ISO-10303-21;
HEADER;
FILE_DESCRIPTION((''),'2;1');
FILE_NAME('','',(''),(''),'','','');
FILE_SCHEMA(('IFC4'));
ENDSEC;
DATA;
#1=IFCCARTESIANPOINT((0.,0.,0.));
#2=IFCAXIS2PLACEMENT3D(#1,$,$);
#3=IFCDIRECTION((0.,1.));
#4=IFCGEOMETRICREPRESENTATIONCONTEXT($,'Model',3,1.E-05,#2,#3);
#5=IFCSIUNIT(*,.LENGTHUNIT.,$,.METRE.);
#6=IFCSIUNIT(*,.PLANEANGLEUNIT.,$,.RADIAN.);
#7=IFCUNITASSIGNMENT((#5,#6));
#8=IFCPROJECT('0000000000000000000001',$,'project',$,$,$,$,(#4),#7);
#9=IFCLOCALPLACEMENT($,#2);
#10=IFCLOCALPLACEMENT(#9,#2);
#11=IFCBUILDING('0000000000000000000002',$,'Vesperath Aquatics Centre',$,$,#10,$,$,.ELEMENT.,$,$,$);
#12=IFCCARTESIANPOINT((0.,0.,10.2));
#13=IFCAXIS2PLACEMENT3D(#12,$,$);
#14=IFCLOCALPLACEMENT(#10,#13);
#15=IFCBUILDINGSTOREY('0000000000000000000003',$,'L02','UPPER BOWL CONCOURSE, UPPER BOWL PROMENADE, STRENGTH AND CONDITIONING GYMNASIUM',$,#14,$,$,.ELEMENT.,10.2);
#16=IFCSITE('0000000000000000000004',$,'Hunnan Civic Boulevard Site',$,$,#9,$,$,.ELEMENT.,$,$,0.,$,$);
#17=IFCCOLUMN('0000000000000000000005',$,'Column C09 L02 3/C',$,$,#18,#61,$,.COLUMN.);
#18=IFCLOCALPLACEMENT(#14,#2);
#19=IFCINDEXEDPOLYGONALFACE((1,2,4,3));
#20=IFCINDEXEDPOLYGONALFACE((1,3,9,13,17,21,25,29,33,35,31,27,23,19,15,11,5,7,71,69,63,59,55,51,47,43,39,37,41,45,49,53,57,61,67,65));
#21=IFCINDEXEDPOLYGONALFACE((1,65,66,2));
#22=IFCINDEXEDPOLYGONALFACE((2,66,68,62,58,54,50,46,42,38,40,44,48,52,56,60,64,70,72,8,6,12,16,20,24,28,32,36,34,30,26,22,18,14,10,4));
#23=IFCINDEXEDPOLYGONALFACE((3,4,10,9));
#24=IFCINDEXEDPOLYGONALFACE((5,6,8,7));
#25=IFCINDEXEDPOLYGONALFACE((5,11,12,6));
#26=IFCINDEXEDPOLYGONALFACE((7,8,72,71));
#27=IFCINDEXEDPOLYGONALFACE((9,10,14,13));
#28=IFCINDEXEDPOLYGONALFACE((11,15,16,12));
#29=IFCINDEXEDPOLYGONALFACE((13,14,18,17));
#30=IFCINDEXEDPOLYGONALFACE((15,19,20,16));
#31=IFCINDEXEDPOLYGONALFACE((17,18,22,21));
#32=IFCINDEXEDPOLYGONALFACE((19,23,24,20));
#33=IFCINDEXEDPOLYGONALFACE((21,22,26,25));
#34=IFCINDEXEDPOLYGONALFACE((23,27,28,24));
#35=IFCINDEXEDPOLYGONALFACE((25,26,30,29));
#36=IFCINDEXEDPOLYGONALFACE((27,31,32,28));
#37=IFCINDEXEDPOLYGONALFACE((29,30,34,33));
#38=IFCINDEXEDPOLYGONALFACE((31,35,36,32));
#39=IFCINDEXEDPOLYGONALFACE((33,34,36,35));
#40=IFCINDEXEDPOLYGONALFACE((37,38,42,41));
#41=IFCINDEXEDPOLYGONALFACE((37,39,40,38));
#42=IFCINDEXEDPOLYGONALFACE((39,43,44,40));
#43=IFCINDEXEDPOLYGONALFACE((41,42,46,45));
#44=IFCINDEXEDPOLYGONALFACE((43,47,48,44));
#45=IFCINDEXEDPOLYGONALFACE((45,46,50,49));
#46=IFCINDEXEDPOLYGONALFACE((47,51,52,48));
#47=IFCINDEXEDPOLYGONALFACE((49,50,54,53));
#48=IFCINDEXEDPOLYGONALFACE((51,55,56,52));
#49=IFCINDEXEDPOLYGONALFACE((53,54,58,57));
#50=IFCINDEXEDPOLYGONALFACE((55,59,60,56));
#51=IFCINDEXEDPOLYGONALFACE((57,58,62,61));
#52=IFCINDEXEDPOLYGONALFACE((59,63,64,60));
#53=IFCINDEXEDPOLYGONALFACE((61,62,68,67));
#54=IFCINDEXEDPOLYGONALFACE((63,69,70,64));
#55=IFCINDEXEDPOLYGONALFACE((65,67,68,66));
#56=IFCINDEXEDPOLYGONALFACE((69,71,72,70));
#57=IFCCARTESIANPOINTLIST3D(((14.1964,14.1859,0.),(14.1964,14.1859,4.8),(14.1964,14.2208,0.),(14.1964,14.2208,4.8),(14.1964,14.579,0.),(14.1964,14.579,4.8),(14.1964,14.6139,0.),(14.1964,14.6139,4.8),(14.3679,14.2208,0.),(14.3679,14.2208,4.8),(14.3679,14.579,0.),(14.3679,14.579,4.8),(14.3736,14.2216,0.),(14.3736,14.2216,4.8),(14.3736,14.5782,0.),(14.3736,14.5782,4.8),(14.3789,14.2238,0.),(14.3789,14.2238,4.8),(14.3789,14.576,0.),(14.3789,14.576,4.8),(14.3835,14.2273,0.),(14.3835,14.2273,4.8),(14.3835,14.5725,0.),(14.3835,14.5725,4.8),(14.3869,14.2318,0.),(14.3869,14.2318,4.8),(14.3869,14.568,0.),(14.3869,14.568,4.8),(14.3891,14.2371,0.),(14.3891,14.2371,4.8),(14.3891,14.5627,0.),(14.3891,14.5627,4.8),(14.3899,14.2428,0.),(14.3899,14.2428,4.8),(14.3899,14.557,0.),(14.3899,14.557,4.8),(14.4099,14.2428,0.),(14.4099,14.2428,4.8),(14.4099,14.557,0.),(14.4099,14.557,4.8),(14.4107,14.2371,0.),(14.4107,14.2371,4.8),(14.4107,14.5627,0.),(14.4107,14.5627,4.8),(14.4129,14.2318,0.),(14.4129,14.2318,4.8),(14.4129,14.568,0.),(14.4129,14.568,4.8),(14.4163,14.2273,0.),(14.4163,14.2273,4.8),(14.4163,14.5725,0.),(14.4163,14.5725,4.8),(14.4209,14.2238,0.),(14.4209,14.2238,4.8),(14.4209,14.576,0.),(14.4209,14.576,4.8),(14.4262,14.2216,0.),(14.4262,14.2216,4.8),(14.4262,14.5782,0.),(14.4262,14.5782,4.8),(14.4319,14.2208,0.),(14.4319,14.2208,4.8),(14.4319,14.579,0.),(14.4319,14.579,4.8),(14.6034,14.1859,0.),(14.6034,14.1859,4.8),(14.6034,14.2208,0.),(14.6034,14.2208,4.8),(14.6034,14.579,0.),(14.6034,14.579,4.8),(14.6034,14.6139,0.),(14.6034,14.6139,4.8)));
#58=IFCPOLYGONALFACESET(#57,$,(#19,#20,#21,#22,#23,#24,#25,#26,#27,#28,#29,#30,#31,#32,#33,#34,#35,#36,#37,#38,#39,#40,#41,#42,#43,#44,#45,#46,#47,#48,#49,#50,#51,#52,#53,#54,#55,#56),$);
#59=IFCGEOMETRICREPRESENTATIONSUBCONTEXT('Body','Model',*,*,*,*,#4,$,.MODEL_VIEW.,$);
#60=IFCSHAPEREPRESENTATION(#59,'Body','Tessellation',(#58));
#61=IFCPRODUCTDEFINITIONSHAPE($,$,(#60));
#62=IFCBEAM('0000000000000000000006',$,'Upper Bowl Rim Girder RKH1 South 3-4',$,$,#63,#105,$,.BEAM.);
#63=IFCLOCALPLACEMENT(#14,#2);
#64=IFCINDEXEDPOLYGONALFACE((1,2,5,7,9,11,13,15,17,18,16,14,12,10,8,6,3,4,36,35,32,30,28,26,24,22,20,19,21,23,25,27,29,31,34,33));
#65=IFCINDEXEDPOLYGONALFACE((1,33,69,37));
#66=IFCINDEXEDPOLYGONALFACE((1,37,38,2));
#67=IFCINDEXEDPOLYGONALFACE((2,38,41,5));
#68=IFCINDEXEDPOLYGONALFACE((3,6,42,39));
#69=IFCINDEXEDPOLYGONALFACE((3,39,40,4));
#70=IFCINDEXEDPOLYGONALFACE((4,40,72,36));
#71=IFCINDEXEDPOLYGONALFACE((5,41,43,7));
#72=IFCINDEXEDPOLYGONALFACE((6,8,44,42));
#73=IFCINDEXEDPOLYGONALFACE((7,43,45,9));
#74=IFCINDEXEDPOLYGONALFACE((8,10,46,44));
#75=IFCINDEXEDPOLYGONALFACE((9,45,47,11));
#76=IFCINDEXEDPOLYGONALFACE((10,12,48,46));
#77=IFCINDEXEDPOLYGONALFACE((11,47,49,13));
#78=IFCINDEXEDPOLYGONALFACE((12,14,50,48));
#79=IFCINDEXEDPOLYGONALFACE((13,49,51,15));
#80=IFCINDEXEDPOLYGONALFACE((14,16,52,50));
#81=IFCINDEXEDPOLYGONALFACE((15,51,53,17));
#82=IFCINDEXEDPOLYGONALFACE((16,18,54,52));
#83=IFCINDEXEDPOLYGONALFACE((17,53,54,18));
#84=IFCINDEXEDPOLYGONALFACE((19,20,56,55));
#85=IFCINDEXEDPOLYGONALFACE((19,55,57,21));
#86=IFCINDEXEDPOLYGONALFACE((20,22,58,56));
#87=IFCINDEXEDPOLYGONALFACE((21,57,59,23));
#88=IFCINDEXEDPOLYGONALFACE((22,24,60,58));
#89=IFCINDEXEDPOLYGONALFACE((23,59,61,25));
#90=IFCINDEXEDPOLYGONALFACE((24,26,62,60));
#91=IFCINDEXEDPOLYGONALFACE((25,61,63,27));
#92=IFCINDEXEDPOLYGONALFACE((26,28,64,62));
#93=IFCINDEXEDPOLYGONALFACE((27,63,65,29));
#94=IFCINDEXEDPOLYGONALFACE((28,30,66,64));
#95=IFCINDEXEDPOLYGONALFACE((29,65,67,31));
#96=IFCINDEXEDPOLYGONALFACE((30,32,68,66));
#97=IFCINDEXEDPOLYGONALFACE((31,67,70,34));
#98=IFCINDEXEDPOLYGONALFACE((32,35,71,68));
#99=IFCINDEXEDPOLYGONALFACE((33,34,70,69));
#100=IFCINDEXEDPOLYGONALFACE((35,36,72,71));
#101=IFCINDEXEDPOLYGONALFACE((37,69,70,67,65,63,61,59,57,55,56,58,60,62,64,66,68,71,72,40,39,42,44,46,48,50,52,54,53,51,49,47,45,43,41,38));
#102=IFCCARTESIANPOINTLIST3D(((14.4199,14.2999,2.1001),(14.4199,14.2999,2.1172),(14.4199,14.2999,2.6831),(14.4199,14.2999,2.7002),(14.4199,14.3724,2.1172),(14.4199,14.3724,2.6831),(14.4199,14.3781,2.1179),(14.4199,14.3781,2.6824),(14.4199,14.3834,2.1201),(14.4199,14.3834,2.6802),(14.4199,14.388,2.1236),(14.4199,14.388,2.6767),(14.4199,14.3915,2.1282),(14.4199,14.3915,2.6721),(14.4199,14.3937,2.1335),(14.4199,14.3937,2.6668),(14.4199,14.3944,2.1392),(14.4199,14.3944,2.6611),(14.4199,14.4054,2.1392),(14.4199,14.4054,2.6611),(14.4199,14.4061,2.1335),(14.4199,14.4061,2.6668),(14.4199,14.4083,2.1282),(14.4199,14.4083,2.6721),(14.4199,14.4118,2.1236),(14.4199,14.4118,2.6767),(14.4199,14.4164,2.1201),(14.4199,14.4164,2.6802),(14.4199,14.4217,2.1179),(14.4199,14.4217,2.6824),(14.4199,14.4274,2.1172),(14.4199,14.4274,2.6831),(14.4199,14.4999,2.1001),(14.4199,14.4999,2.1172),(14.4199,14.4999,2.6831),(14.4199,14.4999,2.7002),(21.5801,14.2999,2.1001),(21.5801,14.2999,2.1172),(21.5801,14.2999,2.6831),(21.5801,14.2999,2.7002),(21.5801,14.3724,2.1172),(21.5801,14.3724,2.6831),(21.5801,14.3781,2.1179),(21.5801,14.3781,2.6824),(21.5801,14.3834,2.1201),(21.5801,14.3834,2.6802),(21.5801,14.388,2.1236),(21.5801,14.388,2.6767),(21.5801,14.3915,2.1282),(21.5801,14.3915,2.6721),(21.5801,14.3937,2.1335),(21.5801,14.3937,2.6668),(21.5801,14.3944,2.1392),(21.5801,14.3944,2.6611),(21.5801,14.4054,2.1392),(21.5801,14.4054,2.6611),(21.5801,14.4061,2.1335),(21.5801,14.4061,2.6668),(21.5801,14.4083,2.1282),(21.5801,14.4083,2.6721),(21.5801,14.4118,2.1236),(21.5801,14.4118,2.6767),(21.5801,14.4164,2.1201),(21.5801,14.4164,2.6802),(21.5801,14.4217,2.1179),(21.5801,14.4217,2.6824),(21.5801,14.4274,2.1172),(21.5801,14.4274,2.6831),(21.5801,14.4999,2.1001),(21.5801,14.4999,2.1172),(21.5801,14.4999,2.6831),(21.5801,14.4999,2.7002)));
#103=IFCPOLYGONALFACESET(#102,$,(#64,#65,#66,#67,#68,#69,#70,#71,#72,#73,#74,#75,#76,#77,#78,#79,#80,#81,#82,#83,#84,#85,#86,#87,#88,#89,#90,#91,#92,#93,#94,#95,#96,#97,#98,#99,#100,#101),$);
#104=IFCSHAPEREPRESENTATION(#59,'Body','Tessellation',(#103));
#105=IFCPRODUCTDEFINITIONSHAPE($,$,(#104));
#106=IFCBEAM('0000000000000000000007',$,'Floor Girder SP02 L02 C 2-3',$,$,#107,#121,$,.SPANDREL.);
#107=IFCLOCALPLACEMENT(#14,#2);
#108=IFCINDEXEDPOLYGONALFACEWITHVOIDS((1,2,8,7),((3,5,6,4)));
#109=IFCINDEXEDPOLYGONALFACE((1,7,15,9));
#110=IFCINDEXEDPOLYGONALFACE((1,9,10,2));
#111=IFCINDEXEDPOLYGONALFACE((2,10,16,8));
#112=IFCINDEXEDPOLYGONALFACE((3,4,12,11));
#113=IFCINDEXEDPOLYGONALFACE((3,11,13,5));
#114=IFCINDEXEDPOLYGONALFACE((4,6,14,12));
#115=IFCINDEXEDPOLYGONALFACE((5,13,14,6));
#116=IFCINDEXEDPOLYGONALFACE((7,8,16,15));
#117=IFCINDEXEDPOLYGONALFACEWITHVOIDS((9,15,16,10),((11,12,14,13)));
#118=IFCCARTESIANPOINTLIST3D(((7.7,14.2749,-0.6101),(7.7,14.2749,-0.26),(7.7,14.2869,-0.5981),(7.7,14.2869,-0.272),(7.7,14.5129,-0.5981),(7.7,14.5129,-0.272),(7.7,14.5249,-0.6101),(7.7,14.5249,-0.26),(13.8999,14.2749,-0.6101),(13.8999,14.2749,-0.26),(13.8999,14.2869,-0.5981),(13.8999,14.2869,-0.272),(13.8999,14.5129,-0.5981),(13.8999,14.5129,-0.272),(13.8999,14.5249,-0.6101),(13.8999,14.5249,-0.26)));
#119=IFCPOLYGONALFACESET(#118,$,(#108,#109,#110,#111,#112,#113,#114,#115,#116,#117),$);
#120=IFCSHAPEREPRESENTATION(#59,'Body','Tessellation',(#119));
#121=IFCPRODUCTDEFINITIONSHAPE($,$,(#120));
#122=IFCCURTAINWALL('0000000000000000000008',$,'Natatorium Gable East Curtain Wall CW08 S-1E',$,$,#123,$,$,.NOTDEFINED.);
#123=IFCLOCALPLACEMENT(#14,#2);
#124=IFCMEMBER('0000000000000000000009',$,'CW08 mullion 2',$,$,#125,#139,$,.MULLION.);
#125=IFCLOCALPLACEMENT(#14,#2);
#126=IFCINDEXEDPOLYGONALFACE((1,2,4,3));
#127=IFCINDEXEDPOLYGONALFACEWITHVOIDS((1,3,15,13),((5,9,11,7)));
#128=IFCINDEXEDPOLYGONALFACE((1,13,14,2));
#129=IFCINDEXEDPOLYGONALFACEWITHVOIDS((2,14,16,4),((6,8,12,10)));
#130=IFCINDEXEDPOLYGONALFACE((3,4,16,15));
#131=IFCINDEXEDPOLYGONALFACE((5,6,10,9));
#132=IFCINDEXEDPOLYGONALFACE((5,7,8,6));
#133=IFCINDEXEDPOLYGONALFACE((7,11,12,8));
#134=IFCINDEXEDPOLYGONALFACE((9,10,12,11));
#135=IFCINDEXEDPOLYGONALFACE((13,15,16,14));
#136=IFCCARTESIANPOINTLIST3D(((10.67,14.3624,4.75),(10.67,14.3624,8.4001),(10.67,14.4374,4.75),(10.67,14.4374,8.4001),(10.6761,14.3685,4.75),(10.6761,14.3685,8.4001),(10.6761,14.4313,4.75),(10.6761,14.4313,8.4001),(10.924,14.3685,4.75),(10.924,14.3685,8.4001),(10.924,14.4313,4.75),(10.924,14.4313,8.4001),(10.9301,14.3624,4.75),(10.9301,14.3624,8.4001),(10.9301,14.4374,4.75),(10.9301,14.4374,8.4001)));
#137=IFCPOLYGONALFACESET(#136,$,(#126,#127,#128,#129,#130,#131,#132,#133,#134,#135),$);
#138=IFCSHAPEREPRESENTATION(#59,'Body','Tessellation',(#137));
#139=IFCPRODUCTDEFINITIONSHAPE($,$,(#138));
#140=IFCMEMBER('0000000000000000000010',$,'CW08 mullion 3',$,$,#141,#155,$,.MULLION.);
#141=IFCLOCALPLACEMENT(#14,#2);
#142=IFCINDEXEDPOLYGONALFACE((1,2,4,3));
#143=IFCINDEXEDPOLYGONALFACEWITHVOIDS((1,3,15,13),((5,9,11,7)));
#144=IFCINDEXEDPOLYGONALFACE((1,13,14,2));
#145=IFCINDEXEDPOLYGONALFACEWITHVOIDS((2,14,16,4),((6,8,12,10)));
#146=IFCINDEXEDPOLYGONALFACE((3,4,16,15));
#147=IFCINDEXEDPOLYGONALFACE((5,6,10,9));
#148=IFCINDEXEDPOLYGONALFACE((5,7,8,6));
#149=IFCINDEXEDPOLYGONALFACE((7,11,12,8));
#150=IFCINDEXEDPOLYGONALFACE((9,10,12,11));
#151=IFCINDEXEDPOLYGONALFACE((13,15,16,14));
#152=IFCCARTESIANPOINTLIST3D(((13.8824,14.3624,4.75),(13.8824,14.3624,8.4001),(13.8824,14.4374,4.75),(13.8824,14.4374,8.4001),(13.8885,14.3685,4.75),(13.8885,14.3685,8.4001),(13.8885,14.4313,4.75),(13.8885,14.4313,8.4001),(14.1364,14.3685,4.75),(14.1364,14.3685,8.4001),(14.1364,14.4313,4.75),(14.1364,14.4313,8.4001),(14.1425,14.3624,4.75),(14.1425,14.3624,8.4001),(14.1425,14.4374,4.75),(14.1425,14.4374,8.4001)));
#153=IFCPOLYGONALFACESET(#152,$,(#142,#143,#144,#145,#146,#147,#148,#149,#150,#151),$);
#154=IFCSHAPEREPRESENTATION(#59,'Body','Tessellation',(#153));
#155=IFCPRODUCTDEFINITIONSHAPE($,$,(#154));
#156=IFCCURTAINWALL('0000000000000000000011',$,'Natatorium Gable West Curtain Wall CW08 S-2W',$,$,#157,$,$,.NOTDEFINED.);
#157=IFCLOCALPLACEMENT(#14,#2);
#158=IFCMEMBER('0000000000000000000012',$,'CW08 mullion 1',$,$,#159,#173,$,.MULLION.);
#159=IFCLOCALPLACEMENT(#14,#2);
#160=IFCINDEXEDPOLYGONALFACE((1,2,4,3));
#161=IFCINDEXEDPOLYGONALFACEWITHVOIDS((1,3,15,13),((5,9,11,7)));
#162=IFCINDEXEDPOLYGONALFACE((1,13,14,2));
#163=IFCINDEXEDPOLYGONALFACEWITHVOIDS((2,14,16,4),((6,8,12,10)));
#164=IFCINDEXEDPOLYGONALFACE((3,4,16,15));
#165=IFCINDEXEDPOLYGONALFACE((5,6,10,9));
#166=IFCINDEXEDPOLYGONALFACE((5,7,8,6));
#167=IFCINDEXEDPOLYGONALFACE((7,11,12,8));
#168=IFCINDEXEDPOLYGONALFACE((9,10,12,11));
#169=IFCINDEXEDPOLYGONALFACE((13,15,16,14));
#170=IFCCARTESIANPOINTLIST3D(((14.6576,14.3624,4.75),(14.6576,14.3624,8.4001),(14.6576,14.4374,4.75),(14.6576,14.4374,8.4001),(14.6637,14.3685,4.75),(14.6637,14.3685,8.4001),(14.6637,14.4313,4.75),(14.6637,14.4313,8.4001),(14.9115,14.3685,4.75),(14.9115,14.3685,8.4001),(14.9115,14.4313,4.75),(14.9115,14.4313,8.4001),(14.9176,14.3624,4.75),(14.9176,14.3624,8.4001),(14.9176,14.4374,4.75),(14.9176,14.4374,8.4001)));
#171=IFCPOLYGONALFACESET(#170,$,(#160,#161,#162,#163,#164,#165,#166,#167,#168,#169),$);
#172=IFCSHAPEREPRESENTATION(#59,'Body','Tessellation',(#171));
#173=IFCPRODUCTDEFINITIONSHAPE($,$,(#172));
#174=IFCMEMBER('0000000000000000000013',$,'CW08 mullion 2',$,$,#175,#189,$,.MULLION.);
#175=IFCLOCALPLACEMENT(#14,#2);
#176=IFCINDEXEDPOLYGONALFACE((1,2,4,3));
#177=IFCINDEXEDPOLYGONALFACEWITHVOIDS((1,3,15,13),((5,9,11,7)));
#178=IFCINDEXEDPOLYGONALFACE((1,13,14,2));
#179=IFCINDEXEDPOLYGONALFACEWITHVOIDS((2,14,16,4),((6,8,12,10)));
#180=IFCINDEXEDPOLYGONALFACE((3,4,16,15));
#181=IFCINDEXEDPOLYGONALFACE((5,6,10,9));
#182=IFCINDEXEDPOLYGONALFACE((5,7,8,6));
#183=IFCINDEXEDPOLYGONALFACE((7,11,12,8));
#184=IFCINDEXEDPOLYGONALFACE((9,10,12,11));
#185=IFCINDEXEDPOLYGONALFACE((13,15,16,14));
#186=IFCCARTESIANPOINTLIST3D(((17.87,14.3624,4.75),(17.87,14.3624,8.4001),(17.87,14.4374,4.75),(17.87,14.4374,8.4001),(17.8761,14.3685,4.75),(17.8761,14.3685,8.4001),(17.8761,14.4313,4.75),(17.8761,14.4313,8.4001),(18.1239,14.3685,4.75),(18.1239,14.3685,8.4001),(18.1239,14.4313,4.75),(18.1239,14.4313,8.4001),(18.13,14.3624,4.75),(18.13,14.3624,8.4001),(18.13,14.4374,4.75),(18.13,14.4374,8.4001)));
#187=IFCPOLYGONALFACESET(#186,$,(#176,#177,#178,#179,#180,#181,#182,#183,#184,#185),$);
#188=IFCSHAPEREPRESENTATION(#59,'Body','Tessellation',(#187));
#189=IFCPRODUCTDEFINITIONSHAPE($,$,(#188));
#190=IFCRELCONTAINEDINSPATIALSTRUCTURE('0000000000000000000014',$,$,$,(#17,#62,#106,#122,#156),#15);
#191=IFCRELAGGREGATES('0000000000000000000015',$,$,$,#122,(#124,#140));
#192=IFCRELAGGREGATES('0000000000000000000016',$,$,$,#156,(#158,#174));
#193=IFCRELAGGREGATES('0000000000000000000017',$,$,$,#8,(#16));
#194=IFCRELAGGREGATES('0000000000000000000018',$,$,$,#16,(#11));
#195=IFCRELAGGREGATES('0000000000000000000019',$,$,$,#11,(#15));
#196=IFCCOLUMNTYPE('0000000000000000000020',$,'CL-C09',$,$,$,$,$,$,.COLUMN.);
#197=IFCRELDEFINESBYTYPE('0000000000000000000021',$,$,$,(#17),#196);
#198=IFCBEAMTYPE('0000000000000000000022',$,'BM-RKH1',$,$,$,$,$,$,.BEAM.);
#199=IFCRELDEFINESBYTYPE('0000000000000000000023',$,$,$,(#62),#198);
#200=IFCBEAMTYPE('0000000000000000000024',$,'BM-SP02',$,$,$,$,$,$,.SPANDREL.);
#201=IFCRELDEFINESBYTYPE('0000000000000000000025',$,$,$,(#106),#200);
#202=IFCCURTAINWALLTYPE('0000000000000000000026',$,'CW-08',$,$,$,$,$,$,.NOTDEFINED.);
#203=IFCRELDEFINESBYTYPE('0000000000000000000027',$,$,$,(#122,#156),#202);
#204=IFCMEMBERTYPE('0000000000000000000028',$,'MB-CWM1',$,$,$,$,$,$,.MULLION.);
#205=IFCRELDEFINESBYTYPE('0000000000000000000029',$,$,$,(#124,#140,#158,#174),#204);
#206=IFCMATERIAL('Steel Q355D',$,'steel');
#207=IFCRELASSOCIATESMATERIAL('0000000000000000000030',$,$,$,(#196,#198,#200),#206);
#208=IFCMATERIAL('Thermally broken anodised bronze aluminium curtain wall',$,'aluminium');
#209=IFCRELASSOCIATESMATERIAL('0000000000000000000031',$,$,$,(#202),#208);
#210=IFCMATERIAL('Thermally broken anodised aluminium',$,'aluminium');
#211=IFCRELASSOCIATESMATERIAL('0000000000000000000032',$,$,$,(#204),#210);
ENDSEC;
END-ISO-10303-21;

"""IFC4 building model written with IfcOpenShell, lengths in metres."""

from ifc_helpers import new_model, si_unit, direction, frame, origin, origin_2d, place, context, subcontext, project, spatial, hollow_rectangle, i_section, extrude, material, material_profile, profile_set, type_object, element, aggregate, save


model = new_model("IFC4")

# Units and contexts
model_context = context("Model", 3, precision=1e-05, world=origin(), true_north=direction((0.0, 1.0)))
body_context = subcontext(model_context, "Body", "Model", "MODEL_VIEW")
ifc_project = project(units=[si_unit("LENGTHUNIT", "METRE"), si_unit("PLANEANGLEUNIT", "RADIAN")], contexts=[model_context])

# Site, building, storey
site_placement = place(None, origin())
site = spatial("IfcSite", under=ifc_project, at=site_placement, Name="Hunnan Civic Boulevard Site", CompositionType="ELEMENT", RefElevation=0.0)
building_placement = place(site_placement, origin())
building = spatial("IfcBuilding", under=site, at=building_placement, Name="Vesperath Aquatics Centre", CompositionType="ELEMENT")
storey_placement = place(building_placement, frame((0.0, 0.0, 10.2)))
storey = spatial("IfcBuildingStorey", under=building, at=storey_placement, Name="L02", Description="UPPER BOWL CONCOURSE, UPPER BOWL PROMENADE, STRENGTH AND CONDITIONING GYMNASIUM", CompositionType="ELEMENT", Elevation=10.2)

# Column
ifc_material_1 = material(Name="Steel Q355D", Category="steel")
ifc_material_profile_1 = material_profile(ifc_material_1, i_section(OverallWidth=0.407, OverallDepth=0.428, WebThickness=0.02, FlangeThickness=0.0349, FilletRadius=0.022, at=origin_2d()), Name="HW 428x407x20x35")
ifc_profile_set_1 = profile_set([ifc_material_profile_1], Name="Steel Q355D")
column_type = type_object("IfcColumnType", Name="CL-C09", PredefinedType="COLUMN", material=ifc_profile_set_1)
column_placement = place(storey_placement, frame((14.3999, 14.3999, 0.0), z_axis=(0.0, 0.0, 1.0), x_axis=(1.0, 0.0, 0.0)))
element("IfcColumn", 1, at=column_placement, inside=storey, type_object=column_type, Name="Column C09 L02 3/C", PredefinedType="COLUMN", context=body_context, shape_type="SweptSolid", body=[
    extrude(i_section(OverallWidth=0.407, OverallDepth=0.428, WebThickness=0.02, FlangeThickness=0.0349, FilletRadius=0.022, at=origin_2d()), origin(), (0.0, 0.0, 1.0), 4.8),
])

# Beams
ifc_material_profile_2 = material_profile(ifc_material_1, i_section(OverallWidth=0.2, OverallDepth=0.6001, WebThickness=0.011, FlangeThickness=0.0171, FilletRadius=0.022, at=origin_2d()), Name="HN 600x200x11x17")
ifc_profile_set_2 = profile_set([ifc_material_profile_2], Name="Steel Q355D")
beam_type_1 = type_object("IfcBeamType", Name="BM-RKH1", PredefinedType="BEAM", material=ifc_profile_set_2)
beam_1_placement = place(storey_placement, frame((14.4199, 14.3999, 2.4001), z_axis=(1.0, 0.0, 0.0), x_axis=(0.0, 1.0, 0.0)))
element("IfcBeam", 2, at=beam_1_placement, inside=storey, type_object=beam_type_1, Name="Upper Bowl Rim Girder RKH1 South 3-4", PredefinedType="BEAM", context=body_context, shape_type="SweptSolid", body=[
    extrude(i_section(OverallWidth=0.2, OverallDepth=0.6001, WebThickness=0.011, FlangeThickness=0.0171, FilletRadius=0.022, at=origin_2d()), origin(), (0.0, 0.0, 1.0), 7.1602),
])
ifc_material_profile_3 = material_profile(ifc_material_1, hollow_rectangle(XDim=0.25, YDim=0.3501, WallThickness=0.012, at=origin_2d()), Name="RHS 350x250x12")
ifc_profile_set_3 = profile_set([ifc_material_profile_3], Name="Steel Q355D")
beam_type_2 = type_object("IfcBeamType", Name="BM-SP02", PredefinedType="SPANDREL", material=ifc_profile_set_3)
beam_2_placement = place(storey_placement, frame((7.7, 14.3999, -0.4351), z_axis=(1.0, 0.0, 0.0), x_axis=(0.0, 1.0, 0.0)))
element("IfcBeam", 3, at=beam_2_placement, inside=storey, type_object=beam_type_2, Name="Floor Girder SP02 L02 C 2-3", PredefinedType="SPANDREL", context=body_context, shape_type="SweptSolid", body=[
    extrude(hollow_rectangle(XDim=0.25, YDim=0.3501, WallThickness=0.012, at=origin_2d()), origin(), (0.0, 0.0, 1.0), 6.2),
])

# Curtain walls, members
ifc_material_2 = material(Name="Thermally broken anodised bronze aluminium curtain wall", Category="aluminium")
curtain_wall_type_1 = type_object("IfcCurtainWallType", Name="CW-08", PredefinedType="NOTDEFINED", material=ifc_material_2)
curtain_wall_1_placement = place(storey_placement, origin())
curtain_wall_1 = element("IfcCurtainWall", 4, at=curtain_wall_1_placement, inside=storey, type_object=curtain_wall_type_1, Name="Natatorium Gable East Curtain Wall CW08 S-1E", PredefinedType="NOTDEFINED")
ifc_material_3 = material(Name="Thermally broken anodised aluminium", Category="aluminium")
ifc_material_profile_4 = material_profile(ifc_material_3, hollow_rectangle(XDim=0.075, YDim=0.26, WallThickness=0.0061, at=origin_2d()), Name="CWM 75x260x6")
ifc_profile_set_4 = profile_set([ifc_material_profile_4], Name="Thermally broken anodised aluminium")
member_type_1 = type_object("IfcMemberType", Name="MB-CWM1", PredefinedType="MULLION", material=ifc_profile_set_4)
member_1_placement = place(storey_placement, frame((10.8, 14.3999, 4.75), z_axis=(0.0, 0.0, 1.0), x_axis=(0.0, 1.0, 0.0)))
member_1 = element("IfcMember", 5, at=member_1_placement, type_object=member_type_1, Name="CW08 mullion 2", PredefinedType="MULLION", context=body_context, shape_type="SweptSolid", body=[
    extrude(hollow_rectangle(XDim=0.075, YDim=0.26, WallThickness=0.0061, at=origin_2d()), origin(), (0.0, 0.0, 1.0), 3.6501),
])
member_2_placement = place(storey_placement, frame((14.0125, 14.3999, 4.75), z_axis=(0.0, 0.0, 1.0), x_axis=(0.0, 1.0, 0.0)))
member_2 = element("IfcMember", 6, at=member_2_placement, type_object=member_type_1, Name="CW08 mullion 3", PredefinedType="MULLION", context=body_context, shape_type="SweptSolid", body=[
    extrude(hollow_rectangle(XDim=0.075, YDim=0.26, WallThickness=0.0061, at=origin_2d()), origin(), (0.0, 0.0, 1.0), 3.6501),
])
curtain_wall_2_placement = place(storey_placement, origin())
curtain_wall_2 = element("IfcCurtainWall", 7, at=curtain_wall_2_placement, inside=storey, type_object=curtain_wall_type_1, Name="Natatorium Gable West Curtain Wall CW08 S-2W", PredefinedType="NOTDEFINED")
member_3_placement = place(storey_placement, frame((14.7876, 14.3999, 4.75), z_axis=(0.0, 0.0, 1.0), x_axis=(0.0, 1.0, 0.0)))
member_3 = element("IfcMember", 8, at=member_3_placement, type_object=member_type_1, Name="CW08 mullion 1", PredefinedType="MULLION", context=body_context, shape_type="SweptSolid", body=[
    extrude(hollow_rectangle(XDim=0.075, YDim=0.26, WallThickness=0.0061, at=origin_2d()), origin(), (0.0, 0.0, 1.0), 3.6501),
])
member_4_placement = place(storey_placement, frame((18.0, 14.3999, 4.75), z_axis=(0.0, 0.0, 1.0), x_axis=(0.0, 1.0, 0.0)))
member_4 = element("IfcMember", 9, at=member_4_placement, type_object=member_type_1, Name="CW08 mullion 2", PredefinedType="MULLION", context=body_context, shape_type="SweptSolid", body=[
    extrude(hollow_rectangle(XDim=0.075, YDim=0.26, WallThickness=0.0061, at=origin_2d()), origin(), (0.0, 0.0, 1.0), 3.6501),
])

aggregate(curtain_wall_1, [member_1, member_2])
aggregate(curtain_wall_2, [member_3, member_4])

save(model, "model.ifc")
